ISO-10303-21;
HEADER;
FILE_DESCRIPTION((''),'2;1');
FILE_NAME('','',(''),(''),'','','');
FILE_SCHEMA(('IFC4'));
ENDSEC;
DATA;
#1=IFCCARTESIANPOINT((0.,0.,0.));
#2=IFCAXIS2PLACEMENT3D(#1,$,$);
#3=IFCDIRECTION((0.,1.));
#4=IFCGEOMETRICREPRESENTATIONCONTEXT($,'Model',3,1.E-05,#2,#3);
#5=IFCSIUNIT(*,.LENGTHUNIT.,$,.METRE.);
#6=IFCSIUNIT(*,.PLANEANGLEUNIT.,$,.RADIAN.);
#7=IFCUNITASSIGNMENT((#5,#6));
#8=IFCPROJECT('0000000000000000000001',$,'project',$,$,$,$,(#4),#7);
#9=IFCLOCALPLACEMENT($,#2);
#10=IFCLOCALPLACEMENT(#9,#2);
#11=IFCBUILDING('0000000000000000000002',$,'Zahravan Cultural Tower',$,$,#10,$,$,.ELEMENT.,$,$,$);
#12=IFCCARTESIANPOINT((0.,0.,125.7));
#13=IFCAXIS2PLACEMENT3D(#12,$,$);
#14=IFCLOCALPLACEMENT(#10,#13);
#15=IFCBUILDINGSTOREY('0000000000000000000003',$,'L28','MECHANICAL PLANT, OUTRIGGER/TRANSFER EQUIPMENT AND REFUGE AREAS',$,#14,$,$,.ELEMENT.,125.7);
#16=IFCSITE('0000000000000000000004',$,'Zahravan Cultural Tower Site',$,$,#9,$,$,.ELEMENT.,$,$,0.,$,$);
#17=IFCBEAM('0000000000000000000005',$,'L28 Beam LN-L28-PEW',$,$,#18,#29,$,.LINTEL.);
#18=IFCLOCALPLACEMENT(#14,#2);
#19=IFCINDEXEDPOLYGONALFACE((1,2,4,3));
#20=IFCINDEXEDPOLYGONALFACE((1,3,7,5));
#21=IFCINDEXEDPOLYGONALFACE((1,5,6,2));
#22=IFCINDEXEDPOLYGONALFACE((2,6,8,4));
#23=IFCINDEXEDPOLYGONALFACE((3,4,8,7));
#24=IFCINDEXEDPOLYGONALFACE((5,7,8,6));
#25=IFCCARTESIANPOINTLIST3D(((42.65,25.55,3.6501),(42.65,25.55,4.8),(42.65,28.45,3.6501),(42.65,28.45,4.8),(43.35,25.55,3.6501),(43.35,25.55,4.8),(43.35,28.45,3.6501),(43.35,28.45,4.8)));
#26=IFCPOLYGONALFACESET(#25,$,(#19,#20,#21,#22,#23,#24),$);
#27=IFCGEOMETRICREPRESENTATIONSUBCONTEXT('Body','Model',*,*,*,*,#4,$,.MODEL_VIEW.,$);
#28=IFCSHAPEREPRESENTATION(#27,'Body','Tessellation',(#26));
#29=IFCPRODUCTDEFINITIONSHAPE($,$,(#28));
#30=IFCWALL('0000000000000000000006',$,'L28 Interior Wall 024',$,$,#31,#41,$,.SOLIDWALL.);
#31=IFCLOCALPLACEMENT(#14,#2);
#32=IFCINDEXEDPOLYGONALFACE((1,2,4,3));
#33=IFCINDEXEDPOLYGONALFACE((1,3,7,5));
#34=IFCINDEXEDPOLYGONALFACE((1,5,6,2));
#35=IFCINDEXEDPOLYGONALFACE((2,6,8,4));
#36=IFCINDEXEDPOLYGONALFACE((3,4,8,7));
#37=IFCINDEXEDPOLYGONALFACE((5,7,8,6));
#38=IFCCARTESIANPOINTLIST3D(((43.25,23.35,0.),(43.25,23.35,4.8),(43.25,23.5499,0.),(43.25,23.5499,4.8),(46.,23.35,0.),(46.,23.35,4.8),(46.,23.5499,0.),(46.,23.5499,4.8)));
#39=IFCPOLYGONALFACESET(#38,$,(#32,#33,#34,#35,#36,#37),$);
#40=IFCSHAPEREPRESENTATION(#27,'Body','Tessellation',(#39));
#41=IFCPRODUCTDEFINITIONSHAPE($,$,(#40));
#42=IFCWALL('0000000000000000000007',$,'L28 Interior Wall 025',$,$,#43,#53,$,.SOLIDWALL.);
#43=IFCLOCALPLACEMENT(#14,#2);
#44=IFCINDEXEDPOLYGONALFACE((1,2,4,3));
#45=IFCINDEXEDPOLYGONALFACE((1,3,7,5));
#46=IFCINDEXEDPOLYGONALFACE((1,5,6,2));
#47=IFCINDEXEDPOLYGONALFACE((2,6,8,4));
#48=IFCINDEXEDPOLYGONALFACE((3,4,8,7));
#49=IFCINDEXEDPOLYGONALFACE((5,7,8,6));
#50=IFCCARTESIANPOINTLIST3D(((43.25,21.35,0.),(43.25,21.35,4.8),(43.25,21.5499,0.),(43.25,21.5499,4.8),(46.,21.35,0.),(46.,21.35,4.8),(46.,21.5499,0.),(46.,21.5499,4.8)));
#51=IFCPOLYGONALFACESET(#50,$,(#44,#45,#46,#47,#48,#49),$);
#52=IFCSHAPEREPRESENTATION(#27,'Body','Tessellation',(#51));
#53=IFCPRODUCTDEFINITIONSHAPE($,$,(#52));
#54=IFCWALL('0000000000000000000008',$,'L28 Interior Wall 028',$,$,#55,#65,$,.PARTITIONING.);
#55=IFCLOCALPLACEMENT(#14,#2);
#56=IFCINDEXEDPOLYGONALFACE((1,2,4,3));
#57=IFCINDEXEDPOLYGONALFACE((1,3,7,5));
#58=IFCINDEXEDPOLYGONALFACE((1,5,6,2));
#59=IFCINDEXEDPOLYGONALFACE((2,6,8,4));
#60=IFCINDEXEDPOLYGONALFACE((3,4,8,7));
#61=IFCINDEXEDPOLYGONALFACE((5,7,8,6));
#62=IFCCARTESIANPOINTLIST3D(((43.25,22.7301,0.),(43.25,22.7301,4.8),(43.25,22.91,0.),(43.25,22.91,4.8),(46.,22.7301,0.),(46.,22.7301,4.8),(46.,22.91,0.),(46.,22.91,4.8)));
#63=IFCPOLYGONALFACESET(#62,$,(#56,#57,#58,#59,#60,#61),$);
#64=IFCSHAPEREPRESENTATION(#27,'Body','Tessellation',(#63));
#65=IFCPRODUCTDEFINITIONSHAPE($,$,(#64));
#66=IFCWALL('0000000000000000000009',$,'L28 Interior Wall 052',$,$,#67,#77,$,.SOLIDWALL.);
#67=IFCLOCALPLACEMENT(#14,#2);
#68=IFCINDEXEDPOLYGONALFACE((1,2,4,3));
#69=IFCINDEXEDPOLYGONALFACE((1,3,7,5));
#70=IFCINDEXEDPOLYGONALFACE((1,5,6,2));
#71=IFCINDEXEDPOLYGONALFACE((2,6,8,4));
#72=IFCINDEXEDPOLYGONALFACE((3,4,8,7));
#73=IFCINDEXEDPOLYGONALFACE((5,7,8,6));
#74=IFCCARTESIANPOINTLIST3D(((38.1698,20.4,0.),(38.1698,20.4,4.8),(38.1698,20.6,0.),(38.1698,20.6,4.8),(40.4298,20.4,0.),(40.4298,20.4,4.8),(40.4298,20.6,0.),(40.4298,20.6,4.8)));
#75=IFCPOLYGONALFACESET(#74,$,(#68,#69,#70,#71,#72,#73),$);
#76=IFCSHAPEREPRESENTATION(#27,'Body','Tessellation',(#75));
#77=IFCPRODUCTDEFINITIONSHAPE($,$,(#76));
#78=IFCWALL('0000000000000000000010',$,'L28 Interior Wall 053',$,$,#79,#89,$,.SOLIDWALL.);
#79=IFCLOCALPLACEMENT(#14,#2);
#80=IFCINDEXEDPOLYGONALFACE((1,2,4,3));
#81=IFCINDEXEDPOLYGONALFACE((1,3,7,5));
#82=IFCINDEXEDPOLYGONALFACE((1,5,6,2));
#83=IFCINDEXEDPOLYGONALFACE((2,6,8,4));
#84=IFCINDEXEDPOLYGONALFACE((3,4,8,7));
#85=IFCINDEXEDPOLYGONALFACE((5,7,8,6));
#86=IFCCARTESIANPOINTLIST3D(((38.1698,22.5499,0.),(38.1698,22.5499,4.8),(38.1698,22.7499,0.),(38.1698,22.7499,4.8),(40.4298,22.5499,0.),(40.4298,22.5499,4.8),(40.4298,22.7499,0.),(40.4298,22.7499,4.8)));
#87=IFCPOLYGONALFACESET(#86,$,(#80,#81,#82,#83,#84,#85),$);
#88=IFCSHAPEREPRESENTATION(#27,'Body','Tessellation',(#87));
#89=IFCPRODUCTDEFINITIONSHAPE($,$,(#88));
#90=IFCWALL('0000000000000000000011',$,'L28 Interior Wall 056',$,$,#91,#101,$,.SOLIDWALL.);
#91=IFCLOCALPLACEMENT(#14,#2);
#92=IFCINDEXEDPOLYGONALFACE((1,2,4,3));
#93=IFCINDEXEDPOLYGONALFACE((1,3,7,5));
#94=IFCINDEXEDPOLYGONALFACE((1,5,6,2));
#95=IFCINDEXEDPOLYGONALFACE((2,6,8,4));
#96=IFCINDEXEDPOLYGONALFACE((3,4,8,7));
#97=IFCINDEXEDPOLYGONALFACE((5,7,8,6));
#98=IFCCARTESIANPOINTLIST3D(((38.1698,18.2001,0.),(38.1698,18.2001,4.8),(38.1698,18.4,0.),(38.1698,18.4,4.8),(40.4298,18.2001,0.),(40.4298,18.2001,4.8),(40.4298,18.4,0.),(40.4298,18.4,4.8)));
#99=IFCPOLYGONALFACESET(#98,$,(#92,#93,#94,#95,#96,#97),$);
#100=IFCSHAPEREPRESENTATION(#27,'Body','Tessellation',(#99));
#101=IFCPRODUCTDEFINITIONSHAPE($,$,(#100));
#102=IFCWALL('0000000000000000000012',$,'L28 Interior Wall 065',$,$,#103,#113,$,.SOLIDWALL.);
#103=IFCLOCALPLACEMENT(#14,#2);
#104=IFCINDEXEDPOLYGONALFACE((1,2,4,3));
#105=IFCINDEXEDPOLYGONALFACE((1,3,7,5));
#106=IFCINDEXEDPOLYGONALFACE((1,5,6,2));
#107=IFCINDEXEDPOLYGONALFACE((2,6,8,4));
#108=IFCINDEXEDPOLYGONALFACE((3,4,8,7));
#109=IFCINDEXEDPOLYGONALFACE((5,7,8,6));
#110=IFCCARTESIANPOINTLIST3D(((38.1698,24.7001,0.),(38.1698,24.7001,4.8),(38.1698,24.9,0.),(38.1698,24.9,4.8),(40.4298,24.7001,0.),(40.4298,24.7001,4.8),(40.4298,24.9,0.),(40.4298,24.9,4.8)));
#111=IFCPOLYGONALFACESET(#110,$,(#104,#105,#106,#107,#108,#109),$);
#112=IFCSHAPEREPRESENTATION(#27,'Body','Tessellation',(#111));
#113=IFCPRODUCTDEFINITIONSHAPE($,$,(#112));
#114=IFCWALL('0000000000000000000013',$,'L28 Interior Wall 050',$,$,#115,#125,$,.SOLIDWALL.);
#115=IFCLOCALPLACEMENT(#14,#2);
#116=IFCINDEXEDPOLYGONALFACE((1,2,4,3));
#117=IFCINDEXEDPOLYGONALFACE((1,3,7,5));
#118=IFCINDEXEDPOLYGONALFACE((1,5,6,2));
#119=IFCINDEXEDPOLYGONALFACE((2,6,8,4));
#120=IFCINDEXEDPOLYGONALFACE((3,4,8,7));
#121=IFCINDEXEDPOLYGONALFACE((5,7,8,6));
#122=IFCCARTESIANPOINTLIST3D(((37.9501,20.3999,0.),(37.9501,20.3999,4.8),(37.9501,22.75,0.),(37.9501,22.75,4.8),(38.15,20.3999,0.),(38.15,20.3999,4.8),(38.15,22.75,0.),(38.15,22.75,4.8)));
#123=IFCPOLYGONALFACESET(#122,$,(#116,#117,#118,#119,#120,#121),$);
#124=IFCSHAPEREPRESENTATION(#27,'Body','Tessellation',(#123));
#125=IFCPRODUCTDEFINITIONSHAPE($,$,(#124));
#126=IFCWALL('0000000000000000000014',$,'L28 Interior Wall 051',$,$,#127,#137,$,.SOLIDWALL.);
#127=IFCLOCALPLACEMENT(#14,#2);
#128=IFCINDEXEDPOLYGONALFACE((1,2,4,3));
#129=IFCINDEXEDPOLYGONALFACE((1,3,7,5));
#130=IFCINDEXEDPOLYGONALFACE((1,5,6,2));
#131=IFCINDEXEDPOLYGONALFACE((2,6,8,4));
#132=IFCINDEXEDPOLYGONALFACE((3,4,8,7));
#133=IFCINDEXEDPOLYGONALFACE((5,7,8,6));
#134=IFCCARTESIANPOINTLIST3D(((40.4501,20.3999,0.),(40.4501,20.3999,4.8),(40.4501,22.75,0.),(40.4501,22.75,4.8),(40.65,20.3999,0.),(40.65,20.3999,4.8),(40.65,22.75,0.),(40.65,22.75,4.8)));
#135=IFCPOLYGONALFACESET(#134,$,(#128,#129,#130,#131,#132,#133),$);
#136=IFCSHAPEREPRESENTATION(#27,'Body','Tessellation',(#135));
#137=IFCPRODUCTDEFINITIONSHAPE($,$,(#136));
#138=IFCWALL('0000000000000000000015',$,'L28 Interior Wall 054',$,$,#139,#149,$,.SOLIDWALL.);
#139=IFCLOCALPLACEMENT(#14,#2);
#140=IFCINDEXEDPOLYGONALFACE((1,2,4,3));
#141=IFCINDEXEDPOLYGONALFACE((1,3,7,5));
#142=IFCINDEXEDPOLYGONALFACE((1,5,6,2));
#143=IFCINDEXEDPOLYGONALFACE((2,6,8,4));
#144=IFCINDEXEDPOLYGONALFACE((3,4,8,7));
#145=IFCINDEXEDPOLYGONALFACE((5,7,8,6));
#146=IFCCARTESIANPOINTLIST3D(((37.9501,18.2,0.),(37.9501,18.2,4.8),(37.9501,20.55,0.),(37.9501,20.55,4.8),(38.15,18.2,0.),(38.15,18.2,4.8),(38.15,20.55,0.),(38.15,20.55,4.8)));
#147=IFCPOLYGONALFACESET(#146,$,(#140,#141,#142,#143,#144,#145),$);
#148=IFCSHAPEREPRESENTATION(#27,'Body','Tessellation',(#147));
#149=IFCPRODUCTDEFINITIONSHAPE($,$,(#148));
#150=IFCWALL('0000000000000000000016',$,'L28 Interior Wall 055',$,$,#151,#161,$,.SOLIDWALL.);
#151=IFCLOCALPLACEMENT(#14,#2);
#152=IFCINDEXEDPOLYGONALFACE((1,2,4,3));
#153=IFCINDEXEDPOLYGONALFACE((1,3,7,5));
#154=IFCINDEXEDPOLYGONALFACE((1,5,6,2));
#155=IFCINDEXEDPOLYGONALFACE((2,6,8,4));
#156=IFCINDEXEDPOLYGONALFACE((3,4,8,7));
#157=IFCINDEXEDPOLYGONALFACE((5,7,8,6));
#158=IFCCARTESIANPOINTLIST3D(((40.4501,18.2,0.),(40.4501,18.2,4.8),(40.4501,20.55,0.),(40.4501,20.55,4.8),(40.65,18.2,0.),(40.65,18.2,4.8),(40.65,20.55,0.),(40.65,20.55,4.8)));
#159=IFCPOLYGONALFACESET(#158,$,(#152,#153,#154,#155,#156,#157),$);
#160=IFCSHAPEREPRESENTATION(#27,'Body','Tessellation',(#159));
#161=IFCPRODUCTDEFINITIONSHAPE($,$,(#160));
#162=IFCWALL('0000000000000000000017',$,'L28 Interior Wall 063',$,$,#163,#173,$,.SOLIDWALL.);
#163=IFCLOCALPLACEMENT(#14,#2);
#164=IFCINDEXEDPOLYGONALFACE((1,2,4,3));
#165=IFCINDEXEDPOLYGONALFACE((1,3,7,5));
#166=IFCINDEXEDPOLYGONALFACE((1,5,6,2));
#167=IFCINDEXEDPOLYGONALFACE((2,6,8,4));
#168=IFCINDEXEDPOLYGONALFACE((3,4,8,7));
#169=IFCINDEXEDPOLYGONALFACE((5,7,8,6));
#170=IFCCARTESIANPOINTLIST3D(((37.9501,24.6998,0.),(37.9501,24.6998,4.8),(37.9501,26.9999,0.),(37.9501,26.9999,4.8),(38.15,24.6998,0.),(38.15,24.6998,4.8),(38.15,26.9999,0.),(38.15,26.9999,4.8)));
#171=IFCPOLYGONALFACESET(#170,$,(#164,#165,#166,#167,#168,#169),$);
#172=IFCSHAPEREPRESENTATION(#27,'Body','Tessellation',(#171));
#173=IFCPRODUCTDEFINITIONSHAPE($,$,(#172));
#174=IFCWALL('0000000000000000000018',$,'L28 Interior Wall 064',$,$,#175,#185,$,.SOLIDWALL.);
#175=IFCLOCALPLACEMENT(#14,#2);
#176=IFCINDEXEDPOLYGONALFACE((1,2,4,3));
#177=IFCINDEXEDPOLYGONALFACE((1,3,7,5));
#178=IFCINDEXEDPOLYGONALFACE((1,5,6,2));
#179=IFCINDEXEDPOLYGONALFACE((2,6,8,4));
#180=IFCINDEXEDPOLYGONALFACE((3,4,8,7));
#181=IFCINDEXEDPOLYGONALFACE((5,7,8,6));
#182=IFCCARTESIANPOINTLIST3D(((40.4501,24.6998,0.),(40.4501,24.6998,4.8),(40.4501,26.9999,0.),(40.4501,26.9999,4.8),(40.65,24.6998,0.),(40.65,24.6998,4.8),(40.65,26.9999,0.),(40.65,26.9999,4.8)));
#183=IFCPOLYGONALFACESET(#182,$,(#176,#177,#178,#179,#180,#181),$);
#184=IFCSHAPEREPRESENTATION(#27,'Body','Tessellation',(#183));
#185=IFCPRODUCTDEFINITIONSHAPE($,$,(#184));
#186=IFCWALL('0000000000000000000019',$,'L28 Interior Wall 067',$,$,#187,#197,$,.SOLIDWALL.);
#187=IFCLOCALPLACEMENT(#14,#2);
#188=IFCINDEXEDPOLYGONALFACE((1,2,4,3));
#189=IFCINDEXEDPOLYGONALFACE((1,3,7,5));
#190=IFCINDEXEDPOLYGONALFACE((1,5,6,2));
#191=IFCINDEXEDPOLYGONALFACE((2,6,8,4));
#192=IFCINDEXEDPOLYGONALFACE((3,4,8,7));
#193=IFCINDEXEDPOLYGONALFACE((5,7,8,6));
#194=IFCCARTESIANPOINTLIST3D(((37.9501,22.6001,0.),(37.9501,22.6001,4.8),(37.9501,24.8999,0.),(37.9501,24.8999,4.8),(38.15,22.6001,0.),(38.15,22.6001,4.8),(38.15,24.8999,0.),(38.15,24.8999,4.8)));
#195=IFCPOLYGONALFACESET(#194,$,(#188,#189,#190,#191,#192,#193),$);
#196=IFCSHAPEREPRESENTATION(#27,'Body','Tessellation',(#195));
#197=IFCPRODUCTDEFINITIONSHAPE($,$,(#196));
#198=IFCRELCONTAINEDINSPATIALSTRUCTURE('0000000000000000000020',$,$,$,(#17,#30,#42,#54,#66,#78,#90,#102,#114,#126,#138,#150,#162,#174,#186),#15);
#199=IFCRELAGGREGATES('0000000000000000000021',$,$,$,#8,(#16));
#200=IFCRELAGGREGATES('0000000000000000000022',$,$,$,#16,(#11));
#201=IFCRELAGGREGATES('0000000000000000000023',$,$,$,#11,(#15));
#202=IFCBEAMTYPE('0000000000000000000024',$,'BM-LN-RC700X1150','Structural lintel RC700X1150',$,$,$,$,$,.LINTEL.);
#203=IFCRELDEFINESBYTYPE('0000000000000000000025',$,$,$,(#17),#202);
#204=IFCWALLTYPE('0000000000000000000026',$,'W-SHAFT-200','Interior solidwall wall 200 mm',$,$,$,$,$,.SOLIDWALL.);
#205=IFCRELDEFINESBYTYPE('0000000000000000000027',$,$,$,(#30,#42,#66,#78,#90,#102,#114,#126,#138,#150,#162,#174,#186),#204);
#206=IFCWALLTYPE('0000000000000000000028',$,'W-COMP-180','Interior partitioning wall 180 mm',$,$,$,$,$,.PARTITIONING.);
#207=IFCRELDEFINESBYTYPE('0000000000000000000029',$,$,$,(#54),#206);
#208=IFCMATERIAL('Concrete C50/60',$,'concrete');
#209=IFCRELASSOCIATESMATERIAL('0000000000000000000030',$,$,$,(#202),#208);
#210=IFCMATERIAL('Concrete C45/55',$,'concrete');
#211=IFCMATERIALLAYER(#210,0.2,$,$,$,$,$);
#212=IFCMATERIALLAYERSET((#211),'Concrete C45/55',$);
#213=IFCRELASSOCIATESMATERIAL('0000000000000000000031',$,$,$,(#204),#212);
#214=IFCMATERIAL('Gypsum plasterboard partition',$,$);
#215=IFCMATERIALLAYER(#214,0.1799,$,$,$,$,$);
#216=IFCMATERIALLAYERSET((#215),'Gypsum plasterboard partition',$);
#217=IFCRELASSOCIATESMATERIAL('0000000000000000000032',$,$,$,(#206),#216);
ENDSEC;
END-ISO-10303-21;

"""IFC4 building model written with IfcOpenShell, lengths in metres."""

from ifc_helpers import new_model, si_unit, direction, frame, frame_2d, origin, origin_2d, place, context, subcontext, project, spatial, rectangle, extrude, source, transform, mapped, material, layer, layer_set, material_profile, profile_set, type_object, element, save


model = new_model("IFC4")

# Units and contexts
model_context = context("Model", 3, precision=1e-05, world=origin(), true_north=direction((0.0, 1.0)))
body_context = subcontext(model_context, "Body", "Model", "MODEL_VIEW")
ifc_project = project(units=[si_unit("LENGTHUNIT", "METRE"), si_unit("PLANEANGLEUNIT", "RADIAN")], contexts=[model_context])

# Site, building, storey
site_placement = place(None, origin())
site = spatial("IfcSite", under=ifc_project, at=site_placement, Name="Zahravan Cultural Tower Site", CompositionType="ELEMENT", RefElevation=0.0)
building_placement = place(site_placement, origin())
building = spatial("IfcBuilding", under=site, at=building_placement, Name="Zahravan Cultural Tower", CompositionType="ELEMENT")
storey_placement = place(building_placement, frame((0.0, 0.0, 125.7)))
storey = spatial("IfcBuildingStorey", under=building, at=storey_placement, Name="L28", Description="MECHANICAL PLANT, OUTRIGGER/TRANSFER EQUIPMENT AND REFUGE AREAS", CompositionType="ELEMENT", Elevation=125.7)

# Beam
ifc_material_1 = material(Name="Concrete C50/60", Category="concrete")
ifc_material_profile = material_profile(ifc_material_1, rectangle(XDim=0.7, YDim=1.1499, at=origin_2d()), Name="RC700X1150")
ifc_profile_set = profile_set([ifc_material_profile], Name="Concrete C50/60")
beam_type = type_object("IfcBeamType", Name="BM-LN-RC700X1150", Description="Structural lintel RC700X1150", PredefinedType="LINTEL", material=ifc_profile_set)
shared_shape_1 = source(origin(), body_context, "Body", "SweptSolid", [
    extrude(rectangle(XDim=0.7, YDim=1.1499, at=origin_2d()), origin(), (0.0, 0.0, 1.0), 2.8999),
])
beam_placement = place(storey_placement, frame((43.0, 25.55, 4.2251), z_axis=(0.0, 1.0, 0.0), x_axis=(-1.0, 0.0, 0.0)))
element("IfcBeam", 1, at=beam_placement, inside=storey, type_object=beam_type, Name="L28 Beam LN-L28-PEW", PredefinedType="LINTEL", context=body_context, shape_type="MappedRepresentation", body=[
    mapped(shared_shape_1, transform((0.0, 0.0, 0.0), x_axis=(1.0, 0.0, 0.0), y_axis=(0.0, 1.0, 0.0), z_axis=(0.0, 0.0, 1.0), scale=1.0)),
])

# Walls
ifc_material_2 = material(Name="Concrete C45/55", Category="concrete")
ifc_layer_1 = layer(ifc_material_2, 0.2)
ifc_layer_set_1 = layer_set([ifc_layer_1], Name="Concrete C45/55")
wall_type_1 = type_object("IfcWallType", Name="W-SHAFT-200", Description="Interior solidwall wall 200 mm", PredefinedType="SOLIDWALL", material=ifc_layer_set_1)
shared_shape_2 = source(origin(), body_context, "Body", "SweptSolid", [
    extrude(rectangle(XDim=2.75, YDim=0.2, at=frame_2d((1.375, 0.0))), origin(), (0.0, 0.0, 1.0), 4.8),
])
for number, where, z_axis, x_axis, name in (
    (2, (43.25, 23.45, 0.0), (0.0, 0.0, 1.0), (1.0, 0.0, 0.0), "L28 Interior Wall 024"),
    (3, (43.25, 21.45, 0.0), (0.0, 0.0, 1.0), (1.0, 0.0, 0.0), "L28 Interior Wall 025"),
):
    element("IfcWall", number, at=place(storey_placement, frame(where, z_axis=z_axis, x_axis=x_axis)), inside=storey, type_object=wall_type_1, Name=name, PredefinedType="SOLIDWALL", context=body_context, shape_type="MappedRepresentation", body=[
        mapped(shared_shape_2, transform((0.0, 0.0, 0.0), x_axis=(1.0, 0.0, 0.0), y_axis=(0.0, 1.0, 0.0), z_axis=(0.0, 0.0, 1.0), scale=1.0)),
    ])
ifc_material_3 = material(Name="Gypsum plasterboard partition")
ifc_layer_2 = layer(ifc_material_3, 0.1799)
ifc_layer_set_2 = layer_set([ifc_layer_2], Name="Gypsum plasterboard partition")
wall_type_2 = type_object("IfcWallType", Name="W-COMP-180", Description="Interior partitioning wall 180 mm", PredefinedType="PARTITIONING", material=ifc_layer_set_2)
shared_shape_3 = source(origin(), body_context, "Body", "SweptSolid", [
    extrude(rectangle(XDim=2.75, YDim=0.1799, at=frame_2d((1.375, 0.0))), origin(), (0.0, 0.0, 1.0), 4.8),
])
wall_1_placement = place(storey_placement, frame((43.25, 22.8201, 0.0), z_axis=(0.0, 0.0, 1.0), x_axis=(1.0, 0.0, 0.0)))
element("IfcWall", 4, at=wall_1_placement, inside=storey, type_object=wall_type_2, Name="L28 Interior Wall 028", PredefinedType="PARTITIONING", context=body_context, shape_type="MappedRepresentation", body=[
    mapped(shared_shape_3, transform((0.0, 0.0, 0.0), x_axis=(1.0, 0.0, 0.0), y_axis=(0.0, 1.0, 0.0), z_axis=(0.0, 0.0, 1.0), scale=1.0)),
])
shared_shape_4 = source(origin(), body_context, "Body", "SweptSolid", [
    extrude(rectangle(XDim=2.26, YDim=0.2, at=frame_2d((1.1299, 0.0))), origin(), (0.0, 0.0, 1.0), 4.8),
])
for number, where, z_axis, x_axis, name in (
    (5, (38.1699, 20.5, 0.0), (0.0, 0.0, 1.0), (1.0, 0.0, 0.0), "L28 Interior Wall 052"),
    (6, (38.1699, 22.6499, 0.0), (0.0, 0.0, 1.0), (1.0, 0.0, 0.0), "L28 Interior Wall 053"),
    (7, (38.1699, 18.3, 0.0), (0.0, 0.0, 1.0), (1.0, 0.0, 0.0), "L28 Interior Wall 056"),
    (8, (38.1699, 24.8, 0.0), (0.0, 0.0, 1.0), (1.0, 0.0, 0.0), "L28 Interior Wall 065"),
):
    element("IfcWall", number, at=place(storey_placement, frame(where, z_axis=z_axis, x_axis=x_axis)), inside=storey, type_object=wall_type_1, Name=name, PredefinedType="SOLIDWALL", context=body_context, shape_type="MappedRepresentation", body=[
        mapped(shared_shape_4, transform((0.0, 0.0, 0.0), x_axis=(1.0, 0.0, 0.0), y_axis=(0.0, 1.0, 0.0), z_axis=(0.0, 0.0, 1.0), scale=1.0)),
    ])
shared_shape_5 = source(origin(), body_context, "Body", "SweptSolid", [
    extrude(rectangle(XDim=2.3501, YDim=0.2, at=frame_2d((1.175, 0.0))), origin(), (0.0, 0.0, 1.0), 4.8),
])
for number, where, z_axis, x_axis, name in (
    (9, (38.05, 20.3999, 0.0), (0.0, 0.0, 1.0), (0.0, 1.0, 0.0), "L28 Interior Wall 050"),
    (10, (40.55, 20.3999, 0.0), (0.0, 0.0, 1.0), (0.0, 1.0, 0.0), "L28 Interior Wall 051"),
    (11, (38.05, 18.2, 0.0), (0.0, 0.0, 1.0), (0.0, 1.0, 0.0), "L28 Interior Wall 054"),
    (12, (40.55, 18.2, 0.0), (0.0, 0.0, 1.0), (0.0, 1.0, 0.0), "L28 Interior Wall 055"),
):
    element("IfcWall", number, at=place(storey_placement, frame(where, z_axis=z_axis, x_axis=x_axis)), inside=storey, type_object=wall_type_1, Name=name, PredefinedType="SOLIDWALL", context=body_context, shape_type="MappedRepresentation", body=[
        mapped(shared_shape_5, transform((0.0, 0.0, 0.0), x_axis=(1.0, 0.0, 0.0), y_axis=(0.0, 1.0, 0.0), z_axis=(0.0, 0.0, 1.0), scale=1.0)),
    ])
shared_shape_6 = source(origin(), body_context, "Body", "SweptSolid", [
    extrude(rectangle(XDim=2.3, YDim=0.2, at=frame_2d((1.1499, 0.0))), origin(), (0.0, 0.0, 1.0), 4.8),
])
for number, where, z_axis, x_axis, name in (
    (13, (38.05, 24.7, 0.0), (0.0, 0.0, 1.0), (0.0, 1.0, 0.0), "L28 Interior Wall 063"),
    (14, (40.55, 24.7, 0.0), (0.0, 0.0, 1.0), (0.0, 1.0, 0.0), "L28 Interior Wall 064"),
):
    element("IfcWall", number, at=place(storey_placement, frame(where, z_axis=z_axis, x_axis=x_axis)), inside=storey, type_object=wall_type_1, Name=name, PredefinedType="SOLIDWALL", context=body_context, shape_type="MappedRepresentation", body=[
        mapped(shared_shape_6, transform((0.0, 0.0, 0.0), x_axis=(1.0, 0.0, 0.0), y_axis=(0.0, 1.0, 0.0), z_axis=(0.0, 0.0, 1.0), scale=1.0)),
    ])
shared_shape_7 = source(origin(), body_context, "Body", "SweptSolid", [
    extrude(rectangle(XDim=2.2998, YDim=0.2, at=frame_2d((1.1499, 0.0))), origin(), (0.0, 0.0, 1.0), 4.8),
])
for number, where, z_axis, x_axis, name in (
    (15, (38.05, 22.6001, 0.0), (0.0, 0.0, 1.0), (0.0, 1.0, 0.0), "L28 Interior Wall 067"),
):
    element("IfcWall", number, at=place(storey_placement, frame(where, z_axis=z_axis, x_axis=x_axis)), inside=storey, type_object=wall_type_1, Name=name, PredefinedType="SOLIDWALL", context=body_context, shape_type="MappedRepresentation", body=[
        mapped(shared_shape_7, transform((0.0, 0.0, 0.0), x_axis=(1.0, 0.0, 0.0), y_axis=(0.0, 1.0, 0.0), z_axis=(0.0, 0.0, 1.0), scale=1.0)),
    ])

save(model, "model.ifc")
